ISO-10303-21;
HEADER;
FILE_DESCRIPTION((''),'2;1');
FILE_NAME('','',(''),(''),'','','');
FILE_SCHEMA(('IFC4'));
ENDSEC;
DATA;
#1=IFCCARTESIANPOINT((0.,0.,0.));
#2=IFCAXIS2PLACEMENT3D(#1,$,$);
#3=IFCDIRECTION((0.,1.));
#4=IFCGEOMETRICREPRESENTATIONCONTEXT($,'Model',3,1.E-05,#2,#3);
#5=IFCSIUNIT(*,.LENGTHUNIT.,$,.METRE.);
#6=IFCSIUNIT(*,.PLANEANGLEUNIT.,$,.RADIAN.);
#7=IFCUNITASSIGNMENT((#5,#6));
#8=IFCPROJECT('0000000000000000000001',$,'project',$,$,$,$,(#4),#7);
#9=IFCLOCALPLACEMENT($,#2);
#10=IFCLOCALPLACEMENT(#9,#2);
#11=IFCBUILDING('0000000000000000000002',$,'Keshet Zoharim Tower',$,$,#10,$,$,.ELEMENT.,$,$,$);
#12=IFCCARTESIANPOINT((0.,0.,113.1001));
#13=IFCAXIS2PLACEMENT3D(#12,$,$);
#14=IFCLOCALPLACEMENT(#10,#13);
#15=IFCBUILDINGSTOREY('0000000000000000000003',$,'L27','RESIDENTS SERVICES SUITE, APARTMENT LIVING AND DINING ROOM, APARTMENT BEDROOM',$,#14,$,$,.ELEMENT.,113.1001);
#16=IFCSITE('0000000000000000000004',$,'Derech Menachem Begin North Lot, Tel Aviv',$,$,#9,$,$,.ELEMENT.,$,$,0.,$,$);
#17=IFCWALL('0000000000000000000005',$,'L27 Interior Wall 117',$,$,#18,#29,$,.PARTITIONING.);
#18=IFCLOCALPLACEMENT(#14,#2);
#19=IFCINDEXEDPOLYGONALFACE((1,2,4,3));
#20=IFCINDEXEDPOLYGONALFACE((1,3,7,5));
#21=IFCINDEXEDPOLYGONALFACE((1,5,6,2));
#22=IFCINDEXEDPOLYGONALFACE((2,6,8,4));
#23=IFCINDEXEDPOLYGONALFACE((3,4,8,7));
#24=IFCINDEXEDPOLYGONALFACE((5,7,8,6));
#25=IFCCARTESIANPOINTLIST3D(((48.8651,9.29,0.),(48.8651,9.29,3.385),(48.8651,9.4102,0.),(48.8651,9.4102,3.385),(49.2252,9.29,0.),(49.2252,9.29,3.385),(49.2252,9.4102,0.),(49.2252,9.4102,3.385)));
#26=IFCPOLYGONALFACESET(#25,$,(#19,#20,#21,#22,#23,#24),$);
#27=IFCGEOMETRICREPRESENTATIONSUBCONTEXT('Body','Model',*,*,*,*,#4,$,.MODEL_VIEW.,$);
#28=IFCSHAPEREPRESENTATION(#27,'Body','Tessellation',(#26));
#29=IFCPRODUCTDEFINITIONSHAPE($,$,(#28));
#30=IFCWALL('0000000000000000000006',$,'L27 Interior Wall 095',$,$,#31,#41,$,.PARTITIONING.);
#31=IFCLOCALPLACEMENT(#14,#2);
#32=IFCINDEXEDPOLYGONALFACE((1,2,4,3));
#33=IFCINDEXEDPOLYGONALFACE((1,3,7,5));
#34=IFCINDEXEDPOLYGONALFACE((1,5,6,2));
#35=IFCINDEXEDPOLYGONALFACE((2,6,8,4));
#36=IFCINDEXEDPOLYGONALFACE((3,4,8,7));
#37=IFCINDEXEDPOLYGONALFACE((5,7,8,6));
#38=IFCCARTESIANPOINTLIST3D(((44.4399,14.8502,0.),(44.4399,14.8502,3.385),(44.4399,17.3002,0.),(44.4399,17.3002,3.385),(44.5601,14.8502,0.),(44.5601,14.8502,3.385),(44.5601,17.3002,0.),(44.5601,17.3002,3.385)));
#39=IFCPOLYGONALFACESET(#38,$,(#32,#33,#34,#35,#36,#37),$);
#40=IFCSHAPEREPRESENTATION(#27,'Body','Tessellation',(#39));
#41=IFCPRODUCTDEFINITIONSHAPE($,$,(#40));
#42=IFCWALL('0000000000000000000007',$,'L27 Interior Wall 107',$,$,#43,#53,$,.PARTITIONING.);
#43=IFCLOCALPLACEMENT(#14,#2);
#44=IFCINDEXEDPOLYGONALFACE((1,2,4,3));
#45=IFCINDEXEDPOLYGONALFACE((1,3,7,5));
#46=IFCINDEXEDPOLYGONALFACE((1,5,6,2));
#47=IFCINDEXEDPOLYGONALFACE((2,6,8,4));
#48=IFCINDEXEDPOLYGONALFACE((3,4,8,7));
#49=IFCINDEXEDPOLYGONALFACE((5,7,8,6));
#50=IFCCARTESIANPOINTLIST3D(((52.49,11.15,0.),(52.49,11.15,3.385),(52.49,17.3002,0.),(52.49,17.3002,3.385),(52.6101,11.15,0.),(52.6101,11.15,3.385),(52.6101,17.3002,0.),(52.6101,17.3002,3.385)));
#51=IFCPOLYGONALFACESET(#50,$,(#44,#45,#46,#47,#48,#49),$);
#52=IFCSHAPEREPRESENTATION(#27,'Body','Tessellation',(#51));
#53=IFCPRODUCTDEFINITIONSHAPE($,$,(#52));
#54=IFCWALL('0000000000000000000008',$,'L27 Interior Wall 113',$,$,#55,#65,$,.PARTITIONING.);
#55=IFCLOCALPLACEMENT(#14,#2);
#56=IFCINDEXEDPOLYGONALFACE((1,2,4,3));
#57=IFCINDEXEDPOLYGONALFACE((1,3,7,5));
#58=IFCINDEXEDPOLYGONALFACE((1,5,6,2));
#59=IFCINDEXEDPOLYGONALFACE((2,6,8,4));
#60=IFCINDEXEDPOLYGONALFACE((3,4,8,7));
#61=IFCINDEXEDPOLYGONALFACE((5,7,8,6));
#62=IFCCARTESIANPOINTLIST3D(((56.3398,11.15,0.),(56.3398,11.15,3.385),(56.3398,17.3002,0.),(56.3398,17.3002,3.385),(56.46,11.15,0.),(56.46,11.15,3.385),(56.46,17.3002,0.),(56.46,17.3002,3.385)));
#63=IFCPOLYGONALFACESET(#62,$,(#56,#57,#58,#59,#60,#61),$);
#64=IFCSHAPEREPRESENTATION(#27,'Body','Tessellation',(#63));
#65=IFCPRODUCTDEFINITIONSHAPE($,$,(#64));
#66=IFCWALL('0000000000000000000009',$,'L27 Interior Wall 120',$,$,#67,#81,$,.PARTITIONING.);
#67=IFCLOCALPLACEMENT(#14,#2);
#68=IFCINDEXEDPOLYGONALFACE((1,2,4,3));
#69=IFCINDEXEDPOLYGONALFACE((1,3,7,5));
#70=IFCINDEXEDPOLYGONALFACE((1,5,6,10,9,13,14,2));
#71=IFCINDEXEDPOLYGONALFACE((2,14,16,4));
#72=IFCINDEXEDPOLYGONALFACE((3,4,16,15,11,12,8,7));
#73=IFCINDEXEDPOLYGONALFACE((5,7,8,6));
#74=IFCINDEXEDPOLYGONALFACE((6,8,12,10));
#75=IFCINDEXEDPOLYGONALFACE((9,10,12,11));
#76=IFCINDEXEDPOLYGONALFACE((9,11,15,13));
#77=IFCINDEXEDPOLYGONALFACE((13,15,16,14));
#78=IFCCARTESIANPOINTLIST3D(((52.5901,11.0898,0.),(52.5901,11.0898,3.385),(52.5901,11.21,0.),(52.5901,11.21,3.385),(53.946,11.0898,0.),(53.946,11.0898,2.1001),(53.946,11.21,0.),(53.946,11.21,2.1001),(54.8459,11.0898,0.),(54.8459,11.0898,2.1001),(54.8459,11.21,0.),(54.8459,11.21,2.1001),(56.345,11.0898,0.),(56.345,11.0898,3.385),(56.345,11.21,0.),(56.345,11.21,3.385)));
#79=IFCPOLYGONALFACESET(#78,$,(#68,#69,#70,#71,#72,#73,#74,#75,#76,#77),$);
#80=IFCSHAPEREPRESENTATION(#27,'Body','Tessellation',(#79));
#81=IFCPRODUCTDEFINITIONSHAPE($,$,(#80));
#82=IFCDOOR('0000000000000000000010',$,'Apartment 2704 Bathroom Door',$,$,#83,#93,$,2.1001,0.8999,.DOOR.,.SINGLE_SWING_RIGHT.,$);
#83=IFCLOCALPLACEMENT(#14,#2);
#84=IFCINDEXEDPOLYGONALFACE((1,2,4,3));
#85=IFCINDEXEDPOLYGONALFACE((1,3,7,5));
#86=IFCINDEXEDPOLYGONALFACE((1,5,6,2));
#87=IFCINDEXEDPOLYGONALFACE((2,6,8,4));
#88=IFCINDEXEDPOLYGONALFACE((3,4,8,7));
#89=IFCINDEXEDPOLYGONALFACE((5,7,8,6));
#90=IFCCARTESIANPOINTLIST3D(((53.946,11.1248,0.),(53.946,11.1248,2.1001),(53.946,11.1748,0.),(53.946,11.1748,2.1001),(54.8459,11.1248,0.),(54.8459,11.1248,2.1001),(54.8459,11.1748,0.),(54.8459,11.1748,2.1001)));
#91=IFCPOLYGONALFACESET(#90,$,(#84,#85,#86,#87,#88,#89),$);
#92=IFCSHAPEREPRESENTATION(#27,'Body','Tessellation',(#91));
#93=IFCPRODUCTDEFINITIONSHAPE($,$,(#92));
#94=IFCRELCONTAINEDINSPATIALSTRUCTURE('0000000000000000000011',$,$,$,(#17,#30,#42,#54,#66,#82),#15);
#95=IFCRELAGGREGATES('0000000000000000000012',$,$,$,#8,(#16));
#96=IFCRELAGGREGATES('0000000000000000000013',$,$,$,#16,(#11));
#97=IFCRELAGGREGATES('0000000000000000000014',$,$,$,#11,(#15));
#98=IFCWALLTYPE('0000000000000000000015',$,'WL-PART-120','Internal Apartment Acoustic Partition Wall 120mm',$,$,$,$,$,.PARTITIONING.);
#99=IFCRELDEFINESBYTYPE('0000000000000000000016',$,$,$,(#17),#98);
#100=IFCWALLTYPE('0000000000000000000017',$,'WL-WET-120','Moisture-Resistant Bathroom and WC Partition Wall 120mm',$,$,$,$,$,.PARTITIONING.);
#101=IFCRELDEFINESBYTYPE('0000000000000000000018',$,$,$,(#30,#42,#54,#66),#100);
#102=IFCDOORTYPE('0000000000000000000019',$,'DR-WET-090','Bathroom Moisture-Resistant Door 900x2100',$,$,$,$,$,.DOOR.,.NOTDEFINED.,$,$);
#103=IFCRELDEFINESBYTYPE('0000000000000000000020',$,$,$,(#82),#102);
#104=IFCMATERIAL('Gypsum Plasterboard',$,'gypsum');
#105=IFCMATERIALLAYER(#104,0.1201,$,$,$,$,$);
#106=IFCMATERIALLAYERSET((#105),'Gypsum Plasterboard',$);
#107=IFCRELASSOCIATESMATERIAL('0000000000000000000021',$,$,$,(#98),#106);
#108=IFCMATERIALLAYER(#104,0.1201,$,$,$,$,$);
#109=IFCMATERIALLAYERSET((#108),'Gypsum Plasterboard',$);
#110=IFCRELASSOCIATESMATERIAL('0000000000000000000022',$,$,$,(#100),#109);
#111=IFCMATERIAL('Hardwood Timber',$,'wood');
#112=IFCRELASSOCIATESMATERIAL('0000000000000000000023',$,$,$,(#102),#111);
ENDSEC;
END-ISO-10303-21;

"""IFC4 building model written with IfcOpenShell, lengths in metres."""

from ifc_helpers import new_model, si_unit, direction, frame, frame_2d, origin, place, context, subcontext, project, spatial, rectangle, extrude, material, layer, layer_set, type_object, element, fill, save


model = new_model("IFC4")

# Units and contexts
model_context = context("Model", 3, precision=1e-05, world=origin(), true_north=direction((0.0, 1.0)))
body_context = subcontext(model_context, "Body", "Model", "MODEL_VIEW")
ifc_project = project(units=[si_unit("LENGTHUNIT", "METRE"), si_unit("PLANEANGLEUNIT", "RADIAN")], contexts=[model_context])

# Site, building, storey
site_placement = place(None, origin())
site = spatial("IfcSite", under=ifc_project, at=site_placement, Name="Derech Menachem Begin North Lot, Tel Aviv", CompositionType="ELEMENT", RefElevation=0.0)
building_placement = place(site_placement, origin())
building = spatial("IfcBuilding", under=site, at=building_placement, Name="Keshet Zoharim Tower", CompositionType="ELEMENT")
storey_placement = place(building_placement, frame((0.0, 0.0, 113.1001)))
storey = spatial("IfcBuildingStorey", under=building, at=storey_placement, Name="L27", Description="RESIDENTS SERVICES SUITE, APARTMENT LIVING AND DINING ROOM, APARTMENT BEDROOM", CompositionType="ELEMENT", Elevation=113.1001)

# Wall
ifc_material_1 = material(Name="Gypsum Plasterboard", Category="gypsum")
ifc_layer_1 = layer(ifc_material_1, 0.1201)
ifc_layer_set_1 = layer_set([ifc_layer_1], Name="Gypsum Plasterboard")
wall_type_1 = type_object("IfcWallType", Name="WL-PART-120", Description="Internal Apartment Acoustic Partition Wall 120mm", PredefinedType="PARTITIONING", material=ifc_layer_set_1)
wall_1_placement = place(storey_placement, frame((48.865, 9.3501, 0.0), z_axis=(0.0, 0.0, 1.0), x_axis=(1.0, 0.0, 0.0)))
element("IfcWall", 1, at=wall_1_placement, inside=storey, type_object=wall_type_1, Name="L27 Interior Wall 117", PredefinedType="PARTITIONING", context=body_context, shape_type="SweptSolid", body=[
    extrude(rectangle(XDim=0.3601, YDim=0.1201, at=frame_2d((0.1802, 0.0))), origin(), (0.0, 0.0, 1.0), 3.385),
])

# Shared definitions
ifc_material_2 = material(Name="Hardwood Timber", Category="wood")

# Walls
ifc_layer_2 = layer(ifc_material_1, 0.1201)
ifc_layer_set_2 = layer_set([ifc_layer_2], Name="Gypsum Plasterboard")
wall_type_2 = type_object("IfcWallType", Name="WL-WET-120", Description="Moisture-Resistant Bathroom and WC Partition Wall 120mm", PredefinedType="PARTITIONING", material=ifc_layer_set_2)
wall_2_placement = place(storey_placement, frame((44.5, 14.8501, 0.0), z_axis=(0.0, 0.0, 1.0), x_axis=(0.0, 1.0, 0.0)))
element("IfcWall", 2, at=wall_2_placement, inside=storey, type_object=wall_type_2, Name="L27 Interior Wall 095", PredefinedType="PARTITIONING", context=body_context, shape_type="SweptSolid", body=[
    extrude(rectangle(XDim=2.45, YDim=0.1201, at=frame_2d((1.2251, 0.0))), origin(), (0.0, 0.0, 1.0), 3.385),
])
for number, where, z_axis, x_axis, name in (
    (3, (52.55, 11.1499, 0.0), (0.0, 0.0, 1.0), (0.0, 1.0, 0.0), "L27 Interior Wall 107"),
    (4, (56.3999, 11.1499, 0.0), (0.0, 0.0, 1.0), (0.0, 1.0, 0.0), "L27 Interior Wall 113"),
):
    element("IfcWall", number, at=place(storey_placement, frame(where, z_axis=z_axis, x_axis=x_axis)), inside=storey, type_object=wall_type_2, Name=name, PredefinedType="PARTITIONING", context=body_context, shape_type="SweptSolid", body=[
        extrude(rectangle(XDim=6.1501, YDim=0.1201, at=frame_2d((3.0752, 0.0))), origin(), (0.0, 0.0, 1.0), 3.385),
    ])

# Wall, opening, door
wall_3_placement = place(storey_placement, frame((52.5901, 11.1499, 0.0), z_axis=(0.0, 0.0, 1.0), x_axis=(1.0, 0.0, 0.0)))
wall_3 = element("IfcWall", 5, at=wall_3_placement, inside=storey, type_object=wall_type_2, Name="L27 Interior Wall 120", PredefinedType="PARTITIONING", context=body_context, shape_type="SweptSolid", body=[
    extrude(rectangle(XDim=3.7549, YDim=0.1201, at=frame_2d((1.8774, 0.0))), origin(), (0.0, 0.0, 1.0), 3.385),
])
opening_1_placement = place(wall_3_placement, frame((1.356, 0.0, 0.0)))
opening_1 = element("IfcOpeningElement", 6, at=opening_1_placement, cuts=wall_3, PredefinedType="OPENING", context=body_context, shape_type="SweptSolid", body=[
    extrude(rectangle(XDim=0.8999, YDim=2.1001, at=frame_2d((0.45, 1.05))), frame((0.0, 0.0701, 0.0), z_axis=(0.0, -1.0, 0.0), x_axis=(1.0, 0.0, 0.0)), (0.0, 0.0, 1.0), 0.1401),
])
door_type_1 = type_object("IfcDoorType", Name="DR-WET-090", Description="Bathroom Moisture-Resistant Door 900x2100", OperationType="NOTDEFINED", PredefinedType="DOOR", material=ifc_material_2)
door_1_placement = place(opening_1_placement, origin())
door_1 = element("IfcDoor", 7, at=door_1_placement, inside=storey, type_object=door_type_1, Name="Apartment 2704 Bathroom Door", OperationType="SINGLE_SWING_RIGHT", OverallHeight=2.1001, OverallWidth=0.8999, PredefinedType="DOOR", context=body_context, shape_type="SweptSolid", body=[
    extrude(rectangle(XDim=0.8999, YDim=2.1001, at=frame_2d((0.45, 1.05))), frame((0.0, 0.0249, 0.0), z_axis=(0.0, -1.0, 0.0), x_axis=(1.0, 0.0, 0.0)), (0.0, 0.0, 1.0), 0.05),
])
fill(opening_1, door_1)

save(model, "model.ifc")
